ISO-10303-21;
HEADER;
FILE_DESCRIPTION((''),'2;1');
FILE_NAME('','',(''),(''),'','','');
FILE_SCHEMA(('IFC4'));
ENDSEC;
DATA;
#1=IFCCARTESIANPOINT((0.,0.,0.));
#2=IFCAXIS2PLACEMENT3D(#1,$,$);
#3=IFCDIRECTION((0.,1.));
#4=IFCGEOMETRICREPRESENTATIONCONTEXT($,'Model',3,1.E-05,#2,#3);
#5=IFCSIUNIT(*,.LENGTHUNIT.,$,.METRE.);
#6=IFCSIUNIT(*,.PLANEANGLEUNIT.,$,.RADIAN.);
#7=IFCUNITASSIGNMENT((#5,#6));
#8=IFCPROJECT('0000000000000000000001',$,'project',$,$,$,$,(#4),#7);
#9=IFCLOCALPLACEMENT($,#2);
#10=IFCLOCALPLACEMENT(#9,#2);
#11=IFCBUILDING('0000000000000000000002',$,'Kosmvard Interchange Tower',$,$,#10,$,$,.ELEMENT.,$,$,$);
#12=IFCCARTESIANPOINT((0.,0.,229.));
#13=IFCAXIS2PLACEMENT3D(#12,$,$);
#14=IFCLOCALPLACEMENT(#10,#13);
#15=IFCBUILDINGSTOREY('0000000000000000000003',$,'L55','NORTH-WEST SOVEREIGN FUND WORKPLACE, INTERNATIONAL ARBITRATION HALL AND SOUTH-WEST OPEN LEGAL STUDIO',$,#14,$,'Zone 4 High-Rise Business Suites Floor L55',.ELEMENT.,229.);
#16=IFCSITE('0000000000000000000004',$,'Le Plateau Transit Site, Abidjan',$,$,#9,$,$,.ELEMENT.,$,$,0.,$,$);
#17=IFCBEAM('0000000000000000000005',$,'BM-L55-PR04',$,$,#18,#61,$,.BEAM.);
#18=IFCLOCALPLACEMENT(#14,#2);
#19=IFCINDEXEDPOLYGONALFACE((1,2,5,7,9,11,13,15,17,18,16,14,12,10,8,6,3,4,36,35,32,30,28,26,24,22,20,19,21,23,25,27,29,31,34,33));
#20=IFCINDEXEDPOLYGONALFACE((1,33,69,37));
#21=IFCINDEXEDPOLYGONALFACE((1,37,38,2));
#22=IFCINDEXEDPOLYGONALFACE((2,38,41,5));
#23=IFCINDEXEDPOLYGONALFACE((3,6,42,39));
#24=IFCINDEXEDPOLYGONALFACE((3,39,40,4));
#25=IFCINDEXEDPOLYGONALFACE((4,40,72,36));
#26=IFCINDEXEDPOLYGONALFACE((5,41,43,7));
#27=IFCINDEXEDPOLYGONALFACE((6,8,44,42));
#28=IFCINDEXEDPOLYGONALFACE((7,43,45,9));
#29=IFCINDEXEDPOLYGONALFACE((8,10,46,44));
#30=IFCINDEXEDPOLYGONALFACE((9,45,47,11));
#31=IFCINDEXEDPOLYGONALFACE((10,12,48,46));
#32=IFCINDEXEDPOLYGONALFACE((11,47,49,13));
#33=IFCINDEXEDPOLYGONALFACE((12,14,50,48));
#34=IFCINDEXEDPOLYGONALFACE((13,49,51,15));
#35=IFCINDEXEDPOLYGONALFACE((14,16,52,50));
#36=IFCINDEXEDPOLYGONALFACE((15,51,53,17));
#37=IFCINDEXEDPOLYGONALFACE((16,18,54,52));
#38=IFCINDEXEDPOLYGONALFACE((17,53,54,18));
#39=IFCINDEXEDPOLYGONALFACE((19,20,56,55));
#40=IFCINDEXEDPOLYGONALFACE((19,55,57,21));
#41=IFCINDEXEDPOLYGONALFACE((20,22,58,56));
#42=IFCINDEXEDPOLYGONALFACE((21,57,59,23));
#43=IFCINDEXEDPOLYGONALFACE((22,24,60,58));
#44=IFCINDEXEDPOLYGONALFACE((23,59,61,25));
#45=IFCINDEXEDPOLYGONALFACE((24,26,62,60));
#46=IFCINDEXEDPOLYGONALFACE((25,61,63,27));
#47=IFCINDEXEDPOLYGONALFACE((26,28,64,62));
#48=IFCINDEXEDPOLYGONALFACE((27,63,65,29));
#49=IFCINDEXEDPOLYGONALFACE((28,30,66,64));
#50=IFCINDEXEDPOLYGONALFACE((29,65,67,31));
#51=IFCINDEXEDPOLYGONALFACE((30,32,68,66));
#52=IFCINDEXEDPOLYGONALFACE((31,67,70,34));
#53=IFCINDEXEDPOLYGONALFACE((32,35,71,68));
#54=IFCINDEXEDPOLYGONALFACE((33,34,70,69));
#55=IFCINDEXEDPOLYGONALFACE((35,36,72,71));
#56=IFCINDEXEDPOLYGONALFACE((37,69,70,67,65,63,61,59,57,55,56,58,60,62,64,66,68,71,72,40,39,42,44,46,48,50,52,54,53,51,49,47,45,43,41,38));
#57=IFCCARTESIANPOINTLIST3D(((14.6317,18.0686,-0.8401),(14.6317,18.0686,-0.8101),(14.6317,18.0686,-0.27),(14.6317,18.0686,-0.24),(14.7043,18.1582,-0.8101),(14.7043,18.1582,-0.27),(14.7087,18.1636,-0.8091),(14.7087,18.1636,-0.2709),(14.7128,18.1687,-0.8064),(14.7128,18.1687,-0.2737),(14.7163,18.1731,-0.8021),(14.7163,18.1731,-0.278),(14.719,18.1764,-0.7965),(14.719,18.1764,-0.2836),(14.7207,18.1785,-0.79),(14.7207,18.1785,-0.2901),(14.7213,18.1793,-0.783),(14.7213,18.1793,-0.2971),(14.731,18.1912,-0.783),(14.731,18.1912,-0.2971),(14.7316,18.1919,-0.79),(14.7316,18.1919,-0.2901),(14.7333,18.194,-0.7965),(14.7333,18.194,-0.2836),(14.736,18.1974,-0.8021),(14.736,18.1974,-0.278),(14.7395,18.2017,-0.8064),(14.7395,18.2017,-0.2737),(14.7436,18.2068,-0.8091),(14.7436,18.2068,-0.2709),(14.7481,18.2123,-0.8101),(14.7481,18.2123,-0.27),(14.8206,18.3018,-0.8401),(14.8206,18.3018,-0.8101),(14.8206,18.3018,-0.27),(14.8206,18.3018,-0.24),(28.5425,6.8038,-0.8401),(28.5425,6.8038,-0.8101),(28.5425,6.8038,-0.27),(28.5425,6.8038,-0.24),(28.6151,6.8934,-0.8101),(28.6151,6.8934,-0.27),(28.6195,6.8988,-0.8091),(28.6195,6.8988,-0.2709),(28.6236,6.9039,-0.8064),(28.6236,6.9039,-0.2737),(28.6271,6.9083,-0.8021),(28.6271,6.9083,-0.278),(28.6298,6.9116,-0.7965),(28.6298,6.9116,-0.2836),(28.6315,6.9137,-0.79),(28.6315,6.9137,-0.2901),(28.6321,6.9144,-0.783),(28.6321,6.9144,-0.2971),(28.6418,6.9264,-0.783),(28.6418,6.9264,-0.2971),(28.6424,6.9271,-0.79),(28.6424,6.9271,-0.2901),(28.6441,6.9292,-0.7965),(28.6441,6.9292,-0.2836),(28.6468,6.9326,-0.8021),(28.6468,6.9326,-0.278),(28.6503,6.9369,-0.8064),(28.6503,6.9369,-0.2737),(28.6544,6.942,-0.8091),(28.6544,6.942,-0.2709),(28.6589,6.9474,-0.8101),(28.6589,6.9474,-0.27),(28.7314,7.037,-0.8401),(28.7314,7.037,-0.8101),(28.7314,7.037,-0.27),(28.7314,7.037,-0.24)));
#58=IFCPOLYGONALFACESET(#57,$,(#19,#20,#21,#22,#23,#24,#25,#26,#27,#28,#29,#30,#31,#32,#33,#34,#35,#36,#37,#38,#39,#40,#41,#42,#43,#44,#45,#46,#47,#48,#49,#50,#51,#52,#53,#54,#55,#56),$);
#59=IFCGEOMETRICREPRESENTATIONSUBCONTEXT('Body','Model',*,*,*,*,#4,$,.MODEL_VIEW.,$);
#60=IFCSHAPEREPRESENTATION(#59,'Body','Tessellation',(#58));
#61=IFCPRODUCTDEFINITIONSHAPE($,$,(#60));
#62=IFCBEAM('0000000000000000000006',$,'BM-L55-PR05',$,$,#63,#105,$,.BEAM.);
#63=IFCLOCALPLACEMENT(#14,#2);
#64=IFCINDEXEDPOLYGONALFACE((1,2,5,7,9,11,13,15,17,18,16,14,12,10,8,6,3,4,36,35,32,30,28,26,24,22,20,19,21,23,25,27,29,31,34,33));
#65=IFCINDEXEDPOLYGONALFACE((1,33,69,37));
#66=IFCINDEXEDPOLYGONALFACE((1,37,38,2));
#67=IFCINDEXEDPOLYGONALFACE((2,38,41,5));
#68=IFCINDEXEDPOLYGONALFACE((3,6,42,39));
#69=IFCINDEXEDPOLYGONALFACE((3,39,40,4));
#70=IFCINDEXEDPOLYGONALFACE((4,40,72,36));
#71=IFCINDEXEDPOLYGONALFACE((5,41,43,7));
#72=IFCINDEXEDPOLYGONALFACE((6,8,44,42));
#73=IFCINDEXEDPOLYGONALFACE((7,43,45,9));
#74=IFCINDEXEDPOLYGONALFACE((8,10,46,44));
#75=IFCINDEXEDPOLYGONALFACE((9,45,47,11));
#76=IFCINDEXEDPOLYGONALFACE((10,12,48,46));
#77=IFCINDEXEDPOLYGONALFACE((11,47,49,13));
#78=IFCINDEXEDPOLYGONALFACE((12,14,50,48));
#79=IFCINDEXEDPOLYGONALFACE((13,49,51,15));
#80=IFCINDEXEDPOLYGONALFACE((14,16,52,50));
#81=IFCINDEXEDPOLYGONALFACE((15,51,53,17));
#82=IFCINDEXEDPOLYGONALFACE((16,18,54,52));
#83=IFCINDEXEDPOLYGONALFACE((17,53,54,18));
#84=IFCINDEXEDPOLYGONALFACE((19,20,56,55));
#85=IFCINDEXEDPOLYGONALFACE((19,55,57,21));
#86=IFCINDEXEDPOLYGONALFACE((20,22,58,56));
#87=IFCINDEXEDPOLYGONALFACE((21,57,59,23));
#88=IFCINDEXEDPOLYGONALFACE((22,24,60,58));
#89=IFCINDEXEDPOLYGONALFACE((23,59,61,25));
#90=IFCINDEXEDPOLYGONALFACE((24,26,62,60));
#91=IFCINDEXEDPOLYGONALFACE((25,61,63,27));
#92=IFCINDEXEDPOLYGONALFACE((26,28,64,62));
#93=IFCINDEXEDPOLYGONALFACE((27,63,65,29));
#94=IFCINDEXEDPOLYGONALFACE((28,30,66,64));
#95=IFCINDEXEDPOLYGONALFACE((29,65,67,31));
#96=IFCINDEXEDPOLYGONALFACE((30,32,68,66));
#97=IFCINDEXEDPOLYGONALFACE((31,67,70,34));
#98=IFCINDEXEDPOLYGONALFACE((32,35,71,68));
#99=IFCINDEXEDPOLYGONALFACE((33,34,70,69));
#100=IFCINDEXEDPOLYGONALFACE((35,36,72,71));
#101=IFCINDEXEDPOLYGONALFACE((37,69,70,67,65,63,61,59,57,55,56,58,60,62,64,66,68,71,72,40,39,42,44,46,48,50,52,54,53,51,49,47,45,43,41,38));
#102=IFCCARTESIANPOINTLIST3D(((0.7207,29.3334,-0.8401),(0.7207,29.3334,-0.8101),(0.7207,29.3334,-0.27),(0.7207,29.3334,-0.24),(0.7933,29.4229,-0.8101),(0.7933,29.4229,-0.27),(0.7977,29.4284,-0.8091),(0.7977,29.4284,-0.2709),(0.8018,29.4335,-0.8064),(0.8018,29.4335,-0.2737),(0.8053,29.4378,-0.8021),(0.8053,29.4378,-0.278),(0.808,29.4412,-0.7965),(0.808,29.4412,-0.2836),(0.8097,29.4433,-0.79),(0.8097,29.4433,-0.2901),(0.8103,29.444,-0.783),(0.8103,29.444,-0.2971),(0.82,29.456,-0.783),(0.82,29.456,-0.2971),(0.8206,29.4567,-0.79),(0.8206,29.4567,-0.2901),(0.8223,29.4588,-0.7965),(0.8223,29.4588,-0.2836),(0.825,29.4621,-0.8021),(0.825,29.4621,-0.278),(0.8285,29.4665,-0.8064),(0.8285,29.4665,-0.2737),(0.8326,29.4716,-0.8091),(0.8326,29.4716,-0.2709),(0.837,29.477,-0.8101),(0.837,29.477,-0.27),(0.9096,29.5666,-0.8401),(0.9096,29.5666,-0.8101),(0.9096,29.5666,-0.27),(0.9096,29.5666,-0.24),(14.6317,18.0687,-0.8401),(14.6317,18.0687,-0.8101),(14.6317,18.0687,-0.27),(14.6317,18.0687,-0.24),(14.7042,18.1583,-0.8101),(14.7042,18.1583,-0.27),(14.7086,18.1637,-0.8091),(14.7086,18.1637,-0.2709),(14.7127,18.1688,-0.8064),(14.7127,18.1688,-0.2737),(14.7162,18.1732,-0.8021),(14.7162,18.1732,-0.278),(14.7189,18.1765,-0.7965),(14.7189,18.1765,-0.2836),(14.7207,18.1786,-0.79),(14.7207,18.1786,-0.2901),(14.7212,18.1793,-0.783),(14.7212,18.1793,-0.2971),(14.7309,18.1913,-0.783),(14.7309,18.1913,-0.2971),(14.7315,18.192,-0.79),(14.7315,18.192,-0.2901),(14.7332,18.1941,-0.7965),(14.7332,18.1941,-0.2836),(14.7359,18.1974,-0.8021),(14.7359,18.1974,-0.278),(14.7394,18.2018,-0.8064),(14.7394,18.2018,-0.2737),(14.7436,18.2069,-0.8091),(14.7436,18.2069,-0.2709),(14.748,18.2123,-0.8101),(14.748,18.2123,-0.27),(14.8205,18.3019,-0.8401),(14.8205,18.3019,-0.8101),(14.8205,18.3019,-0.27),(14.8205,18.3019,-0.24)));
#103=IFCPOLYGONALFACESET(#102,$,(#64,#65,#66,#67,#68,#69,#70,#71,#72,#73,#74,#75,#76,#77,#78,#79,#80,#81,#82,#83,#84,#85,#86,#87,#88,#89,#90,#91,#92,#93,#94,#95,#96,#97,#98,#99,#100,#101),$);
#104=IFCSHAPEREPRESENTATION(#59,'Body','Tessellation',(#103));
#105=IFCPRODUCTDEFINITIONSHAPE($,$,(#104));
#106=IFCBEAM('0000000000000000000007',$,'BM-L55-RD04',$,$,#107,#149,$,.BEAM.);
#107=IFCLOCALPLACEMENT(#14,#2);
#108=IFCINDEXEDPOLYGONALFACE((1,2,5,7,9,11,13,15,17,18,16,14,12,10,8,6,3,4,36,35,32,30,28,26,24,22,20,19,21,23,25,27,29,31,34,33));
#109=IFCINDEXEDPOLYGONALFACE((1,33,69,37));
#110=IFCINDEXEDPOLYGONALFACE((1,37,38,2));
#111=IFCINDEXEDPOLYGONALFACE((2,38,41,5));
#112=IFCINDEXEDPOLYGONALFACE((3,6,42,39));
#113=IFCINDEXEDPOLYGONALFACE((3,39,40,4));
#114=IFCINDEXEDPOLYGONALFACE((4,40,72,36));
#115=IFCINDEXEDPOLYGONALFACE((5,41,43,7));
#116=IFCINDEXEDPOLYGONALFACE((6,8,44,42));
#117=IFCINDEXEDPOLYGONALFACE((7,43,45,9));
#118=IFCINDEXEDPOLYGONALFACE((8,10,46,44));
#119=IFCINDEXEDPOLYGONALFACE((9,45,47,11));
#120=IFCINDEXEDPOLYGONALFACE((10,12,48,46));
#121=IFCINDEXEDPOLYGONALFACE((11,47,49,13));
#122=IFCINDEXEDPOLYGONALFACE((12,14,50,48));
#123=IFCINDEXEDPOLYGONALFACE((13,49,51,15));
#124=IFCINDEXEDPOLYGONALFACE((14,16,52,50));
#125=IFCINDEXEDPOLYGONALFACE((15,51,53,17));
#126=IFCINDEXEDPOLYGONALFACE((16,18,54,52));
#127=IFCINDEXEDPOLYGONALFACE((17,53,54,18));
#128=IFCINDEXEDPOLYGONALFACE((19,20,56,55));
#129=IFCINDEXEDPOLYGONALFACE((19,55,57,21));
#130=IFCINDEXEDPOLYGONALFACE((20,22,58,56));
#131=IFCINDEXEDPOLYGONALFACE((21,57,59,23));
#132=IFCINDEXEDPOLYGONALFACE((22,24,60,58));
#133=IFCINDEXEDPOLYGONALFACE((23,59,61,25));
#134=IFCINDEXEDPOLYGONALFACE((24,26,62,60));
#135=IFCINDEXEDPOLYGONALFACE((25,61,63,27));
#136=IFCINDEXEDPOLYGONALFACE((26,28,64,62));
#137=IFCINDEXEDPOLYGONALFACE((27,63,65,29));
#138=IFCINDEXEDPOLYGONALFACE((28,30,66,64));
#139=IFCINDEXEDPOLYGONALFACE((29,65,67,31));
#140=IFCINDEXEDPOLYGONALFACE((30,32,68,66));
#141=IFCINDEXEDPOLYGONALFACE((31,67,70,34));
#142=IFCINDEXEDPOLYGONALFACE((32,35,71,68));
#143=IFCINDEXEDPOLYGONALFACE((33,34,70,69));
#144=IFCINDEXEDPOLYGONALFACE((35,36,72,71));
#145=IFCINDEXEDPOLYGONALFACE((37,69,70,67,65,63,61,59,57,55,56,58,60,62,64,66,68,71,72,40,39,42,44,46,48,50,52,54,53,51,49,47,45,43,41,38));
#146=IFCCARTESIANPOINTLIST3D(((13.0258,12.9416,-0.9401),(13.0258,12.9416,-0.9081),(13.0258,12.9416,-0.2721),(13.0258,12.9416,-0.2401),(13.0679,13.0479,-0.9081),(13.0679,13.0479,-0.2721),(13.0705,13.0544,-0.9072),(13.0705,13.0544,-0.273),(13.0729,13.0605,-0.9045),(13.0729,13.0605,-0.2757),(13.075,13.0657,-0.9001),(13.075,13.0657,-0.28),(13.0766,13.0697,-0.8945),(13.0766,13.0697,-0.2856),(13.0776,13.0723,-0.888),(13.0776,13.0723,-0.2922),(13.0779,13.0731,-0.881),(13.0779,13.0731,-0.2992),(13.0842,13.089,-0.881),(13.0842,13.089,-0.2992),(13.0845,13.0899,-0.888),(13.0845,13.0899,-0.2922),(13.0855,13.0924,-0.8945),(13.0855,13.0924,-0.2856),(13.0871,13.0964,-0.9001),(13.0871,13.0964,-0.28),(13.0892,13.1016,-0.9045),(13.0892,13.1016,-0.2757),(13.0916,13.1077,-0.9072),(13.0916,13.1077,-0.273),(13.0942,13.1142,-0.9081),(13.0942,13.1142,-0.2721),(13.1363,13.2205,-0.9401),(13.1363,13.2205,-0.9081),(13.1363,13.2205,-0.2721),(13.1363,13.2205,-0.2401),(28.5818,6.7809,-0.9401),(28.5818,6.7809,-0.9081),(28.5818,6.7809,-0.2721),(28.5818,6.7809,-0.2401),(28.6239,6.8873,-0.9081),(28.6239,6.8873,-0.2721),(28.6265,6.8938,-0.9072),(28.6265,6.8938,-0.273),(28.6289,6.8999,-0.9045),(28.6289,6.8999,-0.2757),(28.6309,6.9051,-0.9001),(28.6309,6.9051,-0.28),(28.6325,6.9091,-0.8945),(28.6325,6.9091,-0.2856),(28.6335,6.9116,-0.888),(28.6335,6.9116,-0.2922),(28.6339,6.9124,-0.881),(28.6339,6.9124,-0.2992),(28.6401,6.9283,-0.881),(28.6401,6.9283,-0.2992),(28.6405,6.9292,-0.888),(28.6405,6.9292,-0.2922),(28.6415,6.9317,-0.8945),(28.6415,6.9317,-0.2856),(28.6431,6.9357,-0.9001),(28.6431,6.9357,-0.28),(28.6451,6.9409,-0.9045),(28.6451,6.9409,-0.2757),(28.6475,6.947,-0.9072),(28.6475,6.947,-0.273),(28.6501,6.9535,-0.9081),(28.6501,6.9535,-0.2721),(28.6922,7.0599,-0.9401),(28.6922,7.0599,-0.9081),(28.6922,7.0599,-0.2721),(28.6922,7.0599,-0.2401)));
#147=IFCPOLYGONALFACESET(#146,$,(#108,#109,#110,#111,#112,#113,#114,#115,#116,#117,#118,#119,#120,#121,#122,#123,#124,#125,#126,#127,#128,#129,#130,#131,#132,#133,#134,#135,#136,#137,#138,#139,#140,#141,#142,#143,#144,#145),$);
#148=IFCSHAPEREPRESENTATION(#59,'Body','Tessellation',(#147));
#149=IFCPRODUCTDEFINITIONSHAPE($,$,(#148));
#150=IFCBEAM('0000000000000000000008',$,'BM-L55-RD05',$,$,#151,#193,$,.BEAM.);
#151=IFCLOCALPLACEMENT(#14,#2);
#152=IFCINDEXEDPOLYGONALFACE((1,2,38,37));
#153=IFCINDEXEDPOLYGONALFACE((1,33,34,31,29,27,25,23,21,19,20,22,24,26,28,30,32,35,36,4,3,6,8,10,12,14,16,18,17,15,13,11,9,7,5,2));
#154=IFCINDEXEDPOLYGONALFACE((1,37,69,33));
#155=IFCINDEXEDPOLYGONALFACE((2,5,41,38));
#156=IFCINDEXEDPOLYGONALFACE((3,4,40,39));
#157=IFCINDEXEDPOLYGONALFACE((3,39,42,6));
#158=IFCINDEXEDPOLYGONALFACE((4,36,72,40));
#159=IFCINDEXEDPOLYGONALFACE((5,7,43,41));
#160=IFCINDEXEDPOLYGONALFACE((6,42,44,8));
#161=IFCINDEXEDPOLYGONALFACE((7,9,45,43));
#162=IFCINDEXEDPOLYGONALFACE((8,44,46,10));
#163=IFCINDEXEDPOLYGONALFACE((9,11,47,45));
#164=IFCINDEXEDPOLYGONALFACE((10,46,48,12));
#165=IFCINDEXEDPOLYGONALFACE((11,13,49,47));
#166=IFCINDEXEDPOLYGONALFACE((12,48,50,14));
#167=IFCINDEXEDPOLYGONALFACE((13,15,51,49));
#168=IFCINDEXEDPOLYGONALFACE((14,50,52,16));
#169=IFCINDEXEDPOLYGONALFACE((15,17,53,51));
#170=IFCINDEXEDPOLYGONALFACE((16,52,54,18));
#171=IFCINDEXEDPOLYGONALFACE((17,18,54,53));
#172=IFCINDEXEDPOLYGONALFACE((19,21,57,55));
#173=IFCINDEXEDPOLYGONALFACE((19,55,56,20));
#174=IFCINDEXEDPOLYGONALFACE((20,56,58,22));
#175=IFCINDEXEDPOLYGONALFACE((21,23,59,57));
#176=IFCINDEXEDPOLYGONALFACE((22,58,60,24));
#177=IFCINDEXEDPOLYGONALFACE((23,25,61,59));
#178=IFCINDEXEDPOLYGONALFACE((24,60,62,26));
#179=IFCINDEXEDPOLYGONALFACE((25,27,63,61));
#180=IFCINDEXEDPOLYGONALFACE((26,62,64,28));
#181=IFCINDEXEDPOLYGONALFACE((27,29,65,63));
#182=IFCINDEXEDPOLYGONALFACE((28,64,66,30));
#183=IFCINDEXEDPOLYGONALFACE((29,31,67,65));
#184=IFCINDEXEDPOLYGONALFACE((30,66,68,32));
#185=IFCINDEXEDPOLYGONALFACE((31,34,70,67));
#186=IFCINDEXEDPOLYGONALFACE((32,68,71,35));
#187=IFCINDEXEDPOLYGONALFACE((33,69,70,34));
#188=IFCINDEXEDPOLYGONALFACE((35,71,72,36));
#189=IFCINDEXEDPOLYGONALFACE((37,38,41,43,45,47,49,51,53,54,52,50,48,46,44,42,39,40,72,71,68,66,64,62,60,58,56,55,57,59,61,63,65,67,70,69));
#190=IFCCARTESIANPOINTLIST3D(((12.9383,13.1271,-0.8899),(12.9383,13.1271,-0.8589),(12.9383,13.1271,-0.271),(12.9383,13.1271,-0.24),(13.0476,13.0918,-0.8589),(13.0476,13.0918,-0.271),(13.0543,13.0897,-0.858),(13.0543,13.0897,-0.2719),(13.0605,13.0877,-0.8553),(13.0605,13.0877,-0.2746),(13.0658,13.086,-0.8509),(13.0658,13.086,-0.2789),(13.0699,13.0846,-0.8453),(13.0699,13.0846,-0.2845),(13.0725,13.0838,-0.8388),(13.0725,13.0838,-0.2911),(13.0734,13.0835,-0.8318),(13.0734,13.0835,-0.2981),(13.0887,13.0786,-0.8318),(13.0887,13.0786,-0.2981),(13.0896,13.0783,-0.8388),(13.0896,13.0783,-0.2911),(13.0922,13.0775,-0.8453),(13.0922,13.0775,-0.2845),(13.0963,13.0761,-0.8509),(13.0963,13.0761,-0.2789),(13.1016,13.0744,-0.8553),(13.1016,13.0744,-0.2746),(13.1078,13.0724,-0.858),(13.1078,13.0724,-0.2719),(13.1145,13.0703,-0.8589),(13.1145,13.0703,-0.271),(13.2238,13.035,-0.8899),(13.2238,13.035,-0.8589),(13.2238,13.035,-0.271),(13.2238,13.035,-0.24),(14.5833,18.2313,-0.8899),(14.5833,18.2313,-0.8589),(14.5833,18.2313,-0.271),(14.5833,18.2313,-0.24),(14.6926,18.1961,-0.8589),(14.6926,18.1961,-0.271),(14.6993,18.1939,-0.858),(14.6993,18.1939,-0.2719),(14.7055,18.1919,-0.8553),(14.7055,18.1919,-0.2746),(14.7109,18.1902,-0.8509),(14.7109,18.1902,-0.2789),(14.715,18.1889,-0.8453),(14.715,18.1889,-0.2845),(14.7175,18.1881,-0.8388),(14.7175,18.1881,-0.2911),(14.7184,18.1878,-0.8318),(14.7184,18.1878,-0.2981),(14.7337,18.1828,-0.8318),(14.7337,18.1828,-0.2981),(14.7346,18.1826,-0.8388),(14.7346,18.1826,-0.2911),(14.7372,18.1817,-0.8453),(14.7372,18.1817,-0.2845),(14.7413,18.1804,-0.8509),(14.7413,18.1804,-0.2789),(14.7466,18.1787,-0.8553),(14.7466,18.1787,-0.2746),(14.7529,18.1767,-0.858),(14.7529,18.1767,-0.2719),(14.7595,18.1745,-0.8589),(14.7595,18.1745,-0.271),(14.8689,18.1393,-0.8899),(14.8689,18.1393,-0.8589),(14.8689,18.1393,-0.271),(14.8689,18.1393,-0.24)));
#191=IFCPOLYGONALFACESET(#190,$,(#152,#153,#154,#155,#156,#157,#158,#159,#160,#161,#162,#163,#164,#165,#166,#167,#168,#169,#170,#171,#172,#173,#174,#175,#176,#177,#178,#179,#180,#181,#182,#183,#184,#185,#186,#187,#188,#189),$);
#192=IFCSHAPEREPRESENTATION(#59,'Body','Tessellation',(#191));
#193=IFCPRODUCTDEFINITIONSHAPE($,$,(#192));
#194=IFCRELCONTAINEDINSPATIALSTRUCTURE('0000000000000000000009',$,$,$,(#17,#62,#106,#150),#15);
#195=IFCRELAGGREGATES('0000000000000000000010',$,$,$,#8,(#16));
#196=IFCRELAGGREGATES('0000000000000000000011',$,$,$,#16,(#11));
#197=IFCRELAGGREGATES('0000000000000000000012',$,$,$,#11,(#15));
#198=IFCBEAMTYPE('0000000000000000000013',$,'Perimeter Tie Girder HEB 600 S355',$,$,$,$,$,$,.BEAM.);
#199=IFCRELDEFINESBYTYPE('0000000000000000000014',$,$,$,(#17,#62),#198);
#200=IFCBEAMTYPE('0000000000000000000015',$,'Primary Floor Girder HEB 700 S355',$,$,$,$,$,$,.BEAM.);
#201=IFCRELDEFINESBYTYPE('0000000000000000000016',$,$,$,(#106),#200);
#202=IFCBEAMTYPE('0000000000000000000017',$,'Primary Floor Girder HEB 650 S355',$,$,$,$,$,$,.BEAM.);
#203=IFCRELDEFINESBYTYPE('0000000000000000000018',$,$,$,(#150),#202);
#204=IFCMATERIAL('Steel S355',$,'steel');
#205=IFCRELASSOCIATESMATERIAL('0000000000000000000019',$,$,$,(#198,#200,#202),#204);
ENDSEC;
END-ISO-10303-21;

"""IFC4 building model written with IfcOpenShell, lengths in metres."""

from ifc_helpers import new_model, si_unit, direction, frame, origin, origin_2d, place, context, subcontext, project, spatial, i_section, extrude, source, transform, mapped, material, material_profile, profile_set, type_object, element, save


model = new_model("IFC4")

# Units and contexts
model_context = context("Model", 3, precision=1e-05, world=origin(), true_north=direction((0.0, 1.0)))
body_context = subcontext(model_context, "Body", "Model", "MODEL_VIEW")
ifc_project = project(units=[si_unit("LENGTHUNIT", "METRE"), si_unit("PLANEANGLEUNIT", "RADIAN")], contexts=[model_context])

# Site, building, storey
site_placement = place(None, origin())
site = spatial("IfcSite", under=ifc_project, at=site_placement, Name="Le Plateau Transit Site, Abidjan", CompositionType="ELEMENT", RefElevation=0.0)
building_placement = place(site_placement, origin())
building = spatial("IfcBuilding", under=site, at=building_placement, Name="Kosmvard Interchange Tower", CompositionType="ELEMENT")
storey_placement = place(building_placement, frame((0.0, 0.0, 229.0)))
storey = spatial("IfcBuildingStorey", under=building, at=storey_placement, Name="L55", Description="NORTH-WEST SOVEREIGN FUND WORKPLACE, INTERNATIONAL ARBITRATION HALL AND SOUTH-WEST OPEN LEGAL STUDIO", LongName="Zone 4 High-Rise Business Suites Floor L55", CompositionType="ELEMENT", Elevation=229.0)

# Beams
ifc_material_1 = material(Name="Steel S355", Category="steel")
ifc_material_profile_1 = material_profile(ifc_material_1, i_section(OverallWidth=0.3, OverallDepth=0.6001, WebThickness=0.0154, FlangeThickness=0.03, FilletRadius=0.0271, at=origin_2d()), Name="HEB 600")
ifc_profile_set_1 = profile_set([ifc_material_profile_1], Name="Steel S355")
beam_type_1 = type_object("IfcBeamType", Name="Perimeter Tie Girder HEB 600 S355", PredefinedType="BEAM", material=ifc_profile_set_1)
shared_shape_1 = source(origin(), body_context, "Body", "SweptSolid", [
    extrude(i_section(OverallWidth=0.3, OverallDepth=0.6001, WebThickness=0.0154, FlangeThickness=0.03, FilletRadius=0.0271, at=origin_2d()), origin(), (0.0, 0.0, 1.0), 17.8999),
])
for number, where, z_axis, x_axis, name in (
    (1, (28.637, 6.9204, -0.54), (-0.777144, 0.629323, 0.0), (-0.629323, -0.777144, 0.0), "BM-L55-PR04"),
    (2, (14.7261, 18.1853, -0.54), (-0.777151, 0.629315, 0.0), (-0.629315, -0.777151, 0.0), "BM-L55-PR05"),
):
    element("IfcBeam", number, at=place(storey_placement, frame(where, z_axis=z_axis, x_axis=x_axis)), inside=storey, type_object=beam_type_1, Name=name, PredefinedType="BEAM", context=body_context, shape_type="MappedRepresentation", body=[
        mapped(shared_shape_1, transform((0.0, 0.0, 0.0), scale=1.0)),
    ])
ifc_material_profile_2 = material_profile(ifc_material_1, i_section(OverallWidth=0.3, OverallDepth=0.7, WebThickness=0.0171, FlangeThickness=0.032, FilletRadius=0.0271, at=origin_2d()), Name="HEB 700")
ifc_profile_set_2 = profile_set([ifc_material_profile_2], Name="Steel S355")
beam_type_2 = type_object("IfcBeamType", Name="Primary Floor Girder HEB 700 S355", PredefinedType="BEAM", material=ifc_profile_set_2)
shared_shape_2 = source(origin(), body_context, "Body", "SweptSolid", [
    extrude(i_section(OverallWidth=0.3, OverallDepth=0.7, WebThickness=0.0171, FlangeThickness=0.032, FilletRadius=0.0271, at=origin_2d()), origin(), (0.0, 0.0, 1.0), 16.7314),
])
beam_1_placement = place(storey_placement, frame((13.0811, 13.0811, -0.5901), z_axis=(0.929743, -0.368209, 0.0), x_axis=(0.368209, 0.929743, 0.0)))
element("IfcBeam", 3, at=beam_1_placement, inside=storey, type_object=beam_type_2, Name="BM-L55-RD04", PredefinedType="BEAM", context=body_context, shape_type="MappedRepresentation", body=[
    mapped(shared_shape_2, transform((0.0, 0.0, 0.0), scale=1.0)),
])
ifc_material_profile_3 = material_profile(ifc_material_1, i_section(OverallWidth=0.3, OverallDepth=0.6499, WebThickness=0.0161, FlangeThickness=0.031, FilletRadius=0.0271, at=origin_2d()), Name="HEB 650")
ifc_profile_set_3 = profile_set([ifc_material_profile_3], Name="Steel S355")
beam_type_3 = type_object("IfcBeamType", Name="Primary Floor Girder HEB 650 S355", PredefinedType="BEAM", material=ifc_profile_set_3)
shared_shape_3 = source(origin(), body_context, "Body", "SweptSolid", [
    extrude(i_section(OverallWidth=0.3, OverallDepth=0.6499, WebThickness=0.0161, FlangeThickness=0.031, FilletRadius=0.0271, at=origin_2d()), origin(), (0.0, 0.0, 1.0), 5.3628),
])
beam_2_placement = place(storey_placement, frame((13.0811, 13.0811, -0.5649), z_axis=(0.306747, 0.951791, 0.0), x_axis=(-0.951791, 0.306747, 0.0)))
element("IfcBeam", 4, at=beam_2_placement, inside=storey, type_object=beam_type_3, Name="BM-L55-RD05", PredefinedType="BEAM", context=body_context, shape_type="MappedRepresentation", body=[
    mapped(shared_shape_3, transform((0.0, 0.0, 0.0), scale=1.0)),
])

save(model, "model.ifc")
